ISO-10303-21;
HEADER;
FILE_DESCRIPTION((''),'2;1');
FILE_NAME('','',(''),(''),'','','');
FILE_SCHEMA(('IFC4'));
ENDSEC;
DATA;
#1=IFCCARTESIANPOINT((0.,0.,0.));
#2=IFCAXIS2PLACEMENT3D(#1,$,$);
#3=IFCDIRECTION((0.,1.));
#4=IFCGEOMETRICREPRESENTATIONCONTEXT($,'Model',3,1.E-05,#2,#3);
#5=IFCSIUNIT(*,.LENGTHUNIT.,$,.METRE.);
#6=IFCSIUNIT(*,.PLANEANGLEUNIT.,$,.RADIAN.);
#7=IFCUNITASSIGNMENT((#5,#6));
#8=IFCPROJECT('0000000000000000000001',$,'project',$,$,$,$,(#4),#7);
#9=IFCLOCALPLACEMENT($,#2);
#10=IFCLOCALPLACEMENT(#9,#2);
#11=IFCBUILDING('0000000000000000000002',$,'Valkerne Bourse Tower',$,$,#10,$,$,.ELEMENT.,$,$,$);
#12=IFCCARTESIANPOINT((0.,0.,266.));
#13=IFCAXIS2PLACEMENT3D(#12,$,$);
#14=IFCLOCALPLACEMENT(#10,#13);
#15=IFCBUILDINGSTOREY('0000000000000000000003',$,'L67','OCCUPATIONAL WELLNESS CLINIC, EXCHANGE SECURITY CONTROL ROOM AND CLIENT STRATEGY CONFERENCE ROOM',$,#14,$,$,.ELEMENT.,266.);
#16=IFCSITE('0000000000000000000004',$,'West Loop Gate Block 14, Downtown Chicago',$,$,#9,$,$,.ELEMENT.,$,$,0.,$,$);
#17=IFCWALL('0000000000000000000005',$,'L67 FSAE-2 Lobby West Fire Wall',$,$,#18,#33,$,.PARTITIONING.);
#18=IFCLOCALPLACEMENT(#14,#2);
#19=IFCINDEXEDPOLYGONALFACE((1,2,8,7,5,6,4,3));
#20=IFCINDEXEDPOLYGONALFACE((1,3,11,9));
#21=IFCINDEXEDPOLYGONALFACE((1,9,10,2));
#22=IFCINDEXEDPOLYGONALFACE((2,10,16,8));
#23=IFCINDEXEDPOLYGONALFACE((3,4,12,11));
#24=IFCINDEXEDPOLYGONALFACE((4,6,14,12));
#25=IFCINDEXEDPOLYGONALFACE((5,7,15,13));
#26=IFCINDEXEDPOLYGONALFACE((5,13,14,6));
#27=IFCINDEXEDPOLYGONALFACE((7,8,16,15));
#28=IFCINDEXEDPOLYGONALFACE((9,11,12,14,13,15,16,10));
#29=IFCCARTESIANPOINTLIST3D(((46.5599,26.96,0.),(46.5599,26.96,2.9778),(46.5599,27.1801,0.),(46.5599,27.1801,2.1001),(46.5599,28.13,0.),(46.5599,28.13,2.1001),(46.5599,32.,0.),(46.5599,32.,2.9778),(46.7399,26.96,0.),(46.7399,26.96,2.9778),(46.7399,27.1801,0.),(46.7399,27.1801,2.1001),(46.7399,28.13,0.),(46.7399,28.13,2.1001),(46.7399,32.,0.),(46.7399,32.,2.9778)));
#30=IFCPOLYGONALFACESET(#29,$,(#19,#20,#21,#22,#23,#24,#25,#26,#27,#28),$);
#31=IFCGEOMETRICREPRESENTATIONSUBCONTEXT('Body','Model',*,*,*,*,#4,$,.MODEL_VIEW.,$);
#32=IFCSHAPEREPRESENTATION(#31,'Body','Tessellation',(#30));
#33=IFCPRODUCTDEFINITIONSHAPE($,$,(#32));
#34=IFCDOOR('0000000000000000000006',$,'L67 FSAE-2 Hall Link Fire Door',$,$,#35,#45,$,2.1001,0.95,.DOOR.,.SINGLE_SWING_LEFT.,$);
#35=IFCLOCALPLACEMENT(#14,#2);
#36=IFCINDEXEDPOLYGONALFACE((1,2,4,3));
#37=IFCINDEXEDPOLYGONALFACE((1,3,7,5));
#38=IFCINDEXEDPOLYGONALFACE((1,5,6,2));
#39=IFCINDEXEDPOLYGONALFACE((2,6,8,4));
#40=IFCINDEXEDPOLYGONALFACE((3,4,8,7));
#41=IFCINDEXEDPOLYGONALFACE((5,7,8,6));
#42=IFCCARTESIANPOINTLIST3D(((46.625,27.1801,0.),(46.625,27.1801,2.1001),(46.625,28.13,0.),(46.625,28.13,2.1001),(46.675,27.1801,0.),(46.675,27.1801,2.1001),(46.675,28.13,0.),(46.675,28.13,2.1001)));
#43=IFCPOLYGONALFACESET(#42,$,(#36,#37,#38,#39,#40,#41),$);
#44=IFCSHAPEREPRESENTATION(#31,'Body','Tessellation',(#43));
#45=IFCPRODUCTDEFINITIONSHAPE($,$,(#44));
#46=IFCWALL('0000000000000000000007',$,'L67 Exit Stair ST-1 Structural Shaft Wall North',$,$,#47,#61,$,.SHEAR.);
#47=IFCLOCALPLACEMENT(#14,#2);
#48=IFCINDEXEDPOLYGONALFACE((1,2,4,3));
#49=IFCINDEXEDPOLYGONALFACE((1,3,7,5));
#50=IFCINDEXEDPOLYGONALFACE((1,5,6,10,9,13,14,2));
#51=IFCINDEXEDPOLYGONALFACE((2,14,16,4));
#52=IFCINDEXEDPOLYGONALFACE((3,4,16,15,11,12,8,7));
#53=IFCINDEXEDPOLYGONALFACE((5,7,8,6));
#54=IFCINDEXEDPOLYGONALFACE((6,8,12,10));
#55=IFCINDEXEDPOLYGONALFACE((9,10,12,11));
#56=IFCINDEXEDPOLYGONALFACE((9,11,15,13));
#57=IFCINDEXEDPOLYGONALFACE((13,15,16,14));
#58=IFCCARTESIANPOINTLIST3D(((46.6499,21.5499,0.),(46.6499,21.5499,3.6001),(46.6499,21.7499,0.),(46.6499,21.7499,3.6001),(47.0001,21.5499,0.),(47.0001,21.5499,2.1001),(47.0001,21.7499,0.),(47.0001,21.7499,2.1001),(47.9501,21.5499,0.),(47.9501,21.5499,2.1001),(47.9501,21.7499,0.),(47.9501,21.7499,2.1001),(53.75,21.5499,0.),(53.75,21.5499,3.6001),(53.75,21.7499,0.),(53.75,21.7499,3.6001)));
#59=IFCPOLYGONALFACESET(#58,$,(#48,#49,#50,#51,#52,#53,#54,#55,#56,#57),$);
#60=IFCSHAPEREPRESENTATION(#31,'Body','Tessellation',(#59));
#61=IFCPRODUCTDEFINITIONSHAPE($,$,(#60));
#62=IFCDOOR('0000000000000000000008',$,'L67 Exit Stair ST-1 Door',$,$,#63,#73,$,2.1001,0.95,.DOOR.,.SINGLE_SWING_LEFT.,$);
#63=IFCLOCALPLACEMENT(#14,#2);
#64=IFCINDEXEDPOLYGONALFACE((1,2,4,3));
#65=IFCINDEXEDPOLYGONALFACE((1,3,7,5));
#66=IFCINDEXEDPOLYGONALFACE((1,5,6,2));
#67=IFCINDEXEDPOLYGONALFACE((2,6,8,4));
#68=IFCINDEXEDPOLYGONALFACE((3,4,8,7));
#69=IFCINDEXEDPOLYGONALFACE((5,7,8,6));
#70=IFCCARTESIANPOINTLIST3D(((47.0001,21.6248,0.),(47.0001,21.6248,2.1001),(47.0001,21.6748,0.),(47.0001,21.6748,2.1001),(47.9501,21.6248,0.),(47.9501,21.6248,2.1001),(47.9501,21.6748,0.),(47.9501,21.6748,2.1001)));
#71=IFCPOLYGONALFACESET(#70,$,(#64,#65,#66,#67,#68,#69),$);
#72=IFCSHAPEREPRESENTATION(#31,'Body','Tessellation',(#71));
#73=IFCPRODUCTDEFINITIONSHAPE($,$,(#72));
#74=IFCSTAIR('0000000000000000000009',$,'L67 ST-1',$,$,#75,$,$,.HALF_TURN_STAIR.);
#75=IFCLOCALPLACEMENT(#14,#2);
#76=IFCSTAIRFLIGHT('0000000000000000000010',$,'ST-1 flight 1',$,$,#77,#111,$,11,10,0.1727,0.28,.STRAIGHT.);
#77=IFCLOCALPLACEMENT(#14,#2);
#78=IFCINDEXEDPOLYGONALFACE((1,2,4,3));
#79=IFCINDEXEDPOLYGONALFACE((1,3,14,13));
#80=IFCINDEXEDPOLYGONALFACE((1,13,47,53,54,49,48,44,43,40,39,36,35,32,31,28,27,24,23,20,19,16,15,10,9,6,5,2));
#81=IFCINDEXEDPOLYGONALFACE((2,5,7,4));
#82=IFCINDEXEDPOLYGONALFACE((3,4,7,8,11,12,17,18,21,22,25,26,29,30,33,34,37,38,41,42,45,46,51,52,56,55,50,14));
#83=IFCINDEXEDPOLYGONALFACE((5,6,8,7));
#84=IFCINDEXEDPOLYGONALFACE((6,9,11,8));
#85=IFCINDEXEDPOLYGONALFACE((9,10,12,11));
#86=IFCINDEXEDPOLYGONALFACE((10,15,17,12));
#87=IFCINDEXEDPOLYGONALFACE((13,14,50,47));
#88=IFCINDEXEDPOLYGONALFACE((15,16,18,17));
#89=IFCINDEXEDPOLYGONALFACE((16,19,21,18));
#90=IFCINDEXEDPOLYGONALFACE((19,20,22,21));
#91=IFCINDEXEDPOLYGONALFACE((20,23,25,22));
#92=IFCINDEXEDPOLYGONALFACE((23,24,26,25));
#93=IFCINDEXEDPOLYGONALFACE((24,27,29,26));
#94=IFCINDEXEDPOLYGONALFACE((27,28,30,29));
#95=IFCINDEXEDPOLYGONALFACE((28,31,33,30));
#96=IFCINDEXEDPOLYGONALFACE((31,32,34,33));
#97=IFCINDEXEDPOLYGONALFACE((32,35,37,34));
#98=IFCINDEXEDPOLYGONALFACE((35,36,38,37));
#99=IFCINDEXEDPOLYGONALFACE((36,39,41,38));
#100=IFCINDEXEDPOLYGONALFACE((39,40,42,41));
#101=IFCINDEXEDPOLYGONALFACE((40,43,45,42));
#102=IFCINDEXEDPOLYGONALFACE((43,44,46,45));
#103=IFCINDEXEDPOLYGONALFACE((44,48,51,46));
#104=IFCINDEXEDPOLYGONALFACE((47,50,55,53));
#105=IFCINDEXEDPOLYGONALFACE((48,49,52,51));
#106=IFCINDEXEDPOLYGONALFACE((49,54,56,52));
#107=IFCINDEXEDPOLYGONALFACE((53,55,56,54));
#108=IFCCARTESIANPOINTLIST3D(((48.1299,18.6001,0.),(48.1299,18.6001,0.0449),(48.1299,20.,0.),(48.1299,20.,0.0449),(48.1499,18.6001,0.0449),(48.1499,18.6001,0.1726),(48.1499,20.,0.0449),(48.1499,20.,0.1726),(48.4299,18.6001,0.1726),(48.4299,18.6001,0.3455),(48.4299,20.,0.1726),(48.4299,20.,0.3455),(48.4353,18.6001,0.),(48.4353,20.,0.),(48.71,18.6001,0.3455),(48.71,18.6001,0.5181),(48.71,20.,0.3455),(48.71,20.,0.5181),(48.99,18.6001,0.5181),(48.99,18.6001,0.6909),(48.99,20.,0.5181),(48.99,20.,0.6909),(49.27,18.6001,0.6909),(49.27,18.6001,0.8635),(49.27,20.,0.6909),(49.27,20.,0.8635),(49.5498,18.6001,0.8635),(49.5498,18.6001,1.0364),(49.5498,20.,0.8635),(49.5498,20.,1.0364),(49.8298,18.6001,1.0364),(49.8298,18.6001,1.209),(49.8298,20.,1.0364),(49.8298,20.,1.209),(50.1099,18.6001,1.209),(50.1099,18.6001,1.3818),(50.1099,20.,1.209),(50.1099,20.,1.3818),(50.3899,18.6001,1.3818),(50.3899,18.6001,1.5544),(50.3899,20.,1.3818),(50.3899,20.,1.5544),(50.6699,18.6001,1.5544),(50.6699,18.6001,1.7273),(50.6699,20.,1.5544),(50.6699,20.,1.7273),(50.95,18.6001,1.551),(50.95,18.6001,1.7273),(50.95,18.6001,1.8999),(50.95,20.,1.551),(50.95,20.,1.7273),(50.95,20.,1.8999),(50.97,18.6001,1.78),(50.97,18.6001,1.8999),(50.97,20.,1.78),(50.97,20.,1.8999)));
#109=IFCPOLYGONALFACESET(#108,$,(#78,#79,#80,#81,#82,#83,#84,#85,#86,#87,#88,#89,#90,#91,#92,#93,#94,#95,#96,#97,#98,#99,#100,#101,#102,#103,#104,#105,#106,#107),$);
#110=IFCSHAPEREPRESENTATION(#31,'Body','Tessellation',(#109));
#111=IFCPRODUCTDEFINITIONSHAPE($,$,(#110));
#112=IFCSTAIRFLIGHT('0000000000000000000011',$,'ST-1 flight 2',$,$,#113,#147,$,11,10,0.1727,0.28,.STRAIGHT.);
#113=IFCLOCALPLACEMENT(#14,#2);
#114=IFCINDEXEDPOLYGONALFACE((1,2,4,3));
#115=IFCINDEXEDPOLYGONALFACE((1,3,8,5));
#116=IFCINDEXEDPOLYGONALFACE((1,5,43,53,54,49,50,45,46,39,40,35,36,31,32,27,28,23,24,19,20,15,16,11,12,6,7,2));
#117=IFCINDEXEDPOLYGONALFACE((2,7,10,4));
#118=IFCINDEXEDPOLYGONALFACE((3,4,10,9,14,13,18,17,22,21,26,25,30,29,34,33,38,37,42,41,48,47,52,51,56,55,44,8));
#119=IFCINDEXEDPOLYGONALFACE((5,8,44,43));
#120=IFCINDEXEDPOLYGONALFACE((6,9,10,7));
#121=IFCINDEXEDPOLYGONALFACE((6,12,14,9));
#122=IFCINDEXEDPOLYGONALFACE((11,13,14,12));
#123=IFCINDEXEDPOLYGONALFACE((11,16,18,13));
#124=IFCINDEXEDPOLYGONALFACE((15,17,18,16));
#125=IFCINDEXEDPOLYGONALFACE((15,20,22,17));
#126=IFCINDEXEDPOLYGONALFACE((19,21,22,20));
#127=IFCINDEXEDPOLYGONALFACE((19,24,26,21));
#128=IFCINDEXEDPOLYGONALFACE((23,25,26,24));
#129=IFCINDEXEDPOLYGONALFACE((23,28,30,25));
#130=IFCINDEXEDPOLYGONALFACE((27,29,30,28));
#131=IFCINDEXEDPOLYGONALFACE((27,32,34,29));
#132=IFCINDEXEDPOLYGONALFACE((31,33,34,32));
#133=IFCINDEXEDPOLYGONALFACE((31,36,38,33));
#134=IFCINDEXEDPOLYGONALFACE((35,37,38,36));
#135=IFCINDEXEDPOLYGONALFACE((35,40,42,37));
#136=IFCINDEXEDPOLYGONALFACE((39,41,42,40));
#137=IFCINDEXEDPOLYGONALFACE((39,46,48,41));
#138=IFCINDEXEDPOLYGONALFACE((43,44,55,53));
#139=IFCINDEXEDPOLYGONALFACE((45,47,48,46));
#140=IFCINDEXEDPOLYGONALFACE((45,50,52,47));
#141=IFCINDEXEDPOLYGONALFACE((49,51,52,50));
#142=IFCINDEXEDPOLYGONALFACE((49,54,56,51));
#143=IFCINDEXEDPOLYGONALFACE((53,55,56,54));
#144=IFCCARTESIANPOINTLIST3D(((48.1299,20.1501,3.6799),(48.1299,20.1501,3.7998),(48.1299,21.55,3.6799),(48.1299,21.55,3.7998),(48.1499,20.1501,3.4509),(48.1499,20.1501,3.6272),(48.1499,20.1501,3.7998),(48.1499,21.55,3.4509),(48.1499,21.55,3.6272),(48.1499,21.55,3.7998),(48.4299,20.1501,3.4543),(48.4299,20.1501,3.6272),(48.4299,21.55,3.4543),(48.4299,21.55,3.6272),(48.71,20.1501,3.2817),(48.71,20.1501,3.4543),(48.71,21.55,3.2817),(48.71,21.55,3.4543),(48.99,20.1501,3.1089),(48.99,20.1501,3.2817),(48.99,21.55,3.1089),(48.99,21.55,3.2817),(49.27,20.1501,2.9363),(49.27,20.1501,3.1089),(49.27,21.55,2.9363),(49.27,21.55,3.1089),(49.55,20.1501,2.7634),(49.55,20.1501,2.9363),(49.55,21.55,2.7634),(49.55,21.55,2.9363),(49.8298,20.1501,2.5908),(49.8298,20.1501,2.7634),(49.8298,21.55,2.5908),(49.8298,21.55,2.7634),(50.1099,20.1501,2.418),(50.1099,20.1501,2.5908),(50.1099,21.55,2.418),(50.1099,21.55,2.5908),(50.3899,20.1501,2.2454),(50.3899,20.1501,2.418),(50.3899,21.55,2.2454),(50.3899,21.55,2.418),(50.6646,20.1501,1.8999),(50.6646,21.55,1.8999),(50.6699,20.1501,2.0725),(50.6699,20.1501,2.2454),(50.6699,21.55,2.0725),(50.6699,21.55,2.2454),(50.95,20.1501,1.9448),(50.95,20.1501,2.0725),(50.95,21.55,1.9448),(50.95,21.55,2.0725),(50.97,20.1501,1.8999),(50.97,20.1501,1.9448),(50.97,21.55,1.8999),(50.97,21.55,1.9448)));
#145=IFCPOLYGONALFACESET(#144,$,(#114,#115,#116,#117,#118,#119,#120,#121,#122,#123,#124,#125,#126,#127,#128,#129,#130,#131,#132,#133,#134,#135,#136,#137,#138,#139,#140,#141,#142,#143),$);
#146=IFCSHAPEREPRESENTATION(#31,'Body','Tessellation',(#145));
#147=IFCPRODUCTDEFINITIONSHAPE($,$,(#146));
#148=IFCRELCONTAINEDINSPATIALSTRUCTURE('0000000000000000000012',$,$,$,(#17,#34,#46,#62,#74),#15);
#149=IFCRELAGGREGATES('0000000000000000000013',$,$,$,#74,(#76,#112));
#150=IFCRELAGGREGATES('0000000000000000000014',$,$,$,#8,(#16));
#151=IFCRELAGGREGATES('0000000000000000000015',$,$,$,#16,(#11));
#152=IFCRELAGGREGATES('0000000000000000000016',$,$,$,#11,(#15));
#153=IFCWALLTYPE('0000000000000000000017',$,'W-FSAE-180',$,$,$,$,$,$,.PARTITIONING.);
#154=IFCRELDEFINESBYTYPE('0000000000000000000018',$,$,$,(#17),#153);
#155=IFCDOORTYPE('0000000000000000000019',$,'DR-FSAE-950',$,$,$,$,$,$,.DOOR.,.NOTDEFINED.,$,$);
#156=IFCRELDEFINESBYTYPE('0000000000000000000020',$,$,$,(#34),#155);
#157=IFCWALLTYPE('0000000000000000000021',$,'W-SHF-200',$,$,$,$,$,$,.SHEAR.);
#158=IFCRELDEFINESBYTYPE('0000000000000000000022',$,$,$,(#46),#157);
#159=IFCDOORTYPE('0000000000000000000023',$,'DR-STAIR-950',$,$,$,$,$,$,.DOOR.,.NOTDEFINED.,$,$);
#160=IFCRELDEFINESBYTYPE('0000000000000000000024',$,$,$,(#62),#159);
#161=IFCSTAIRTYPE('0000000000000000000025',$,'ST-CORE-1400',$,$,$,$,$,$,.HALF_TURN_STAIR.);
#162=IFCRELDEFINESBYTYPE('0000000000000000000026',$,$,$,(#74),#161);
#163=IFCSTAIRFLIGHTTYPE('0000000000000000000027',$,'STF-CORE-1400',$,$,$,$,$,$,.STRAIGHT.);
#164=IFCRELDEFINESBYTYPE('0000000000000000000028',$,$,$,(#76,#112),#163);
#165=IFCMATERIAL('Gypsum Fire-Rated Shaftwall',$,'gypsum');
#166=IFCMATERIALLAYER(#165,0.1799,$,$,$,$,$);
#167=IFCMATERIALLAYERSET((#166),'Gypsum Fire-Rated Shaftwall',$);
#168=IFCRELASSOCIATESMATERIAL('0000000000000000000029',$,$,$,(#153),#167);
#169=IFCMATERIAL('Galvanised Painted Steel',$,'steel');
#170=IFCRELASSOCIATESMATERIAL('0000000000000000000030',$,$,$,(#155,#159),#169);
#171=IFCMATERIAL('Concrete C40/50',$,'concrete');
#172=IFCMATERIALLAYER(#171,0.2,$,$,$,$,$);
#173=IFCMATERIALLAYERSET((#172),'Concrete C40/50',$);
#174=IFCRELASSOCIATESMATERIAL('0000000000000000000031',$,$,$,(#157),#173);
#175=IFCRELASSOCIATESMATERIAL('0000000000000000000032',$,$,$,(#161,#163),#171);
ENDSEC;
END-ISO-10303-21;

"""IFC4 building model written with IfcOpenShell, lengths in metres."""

from ifc_helpers import new_model, si_unit, direction, frame, frame_2d, origin, place, context, subcontext, project, spatial, polyline, rectangle, outline, extrude, material, layer, layer_set, type_object, element, fill, aggregate, save


model = new_model("IFC4")

# Units and contexts
model_context = context("Model", 3, precision=1e-05, world=origin(), true_north=direction((0.0, 1.0)))
body_context = subcontext(model_context, "Body", "Model", "MODEL_VIEW")
ifc_project = project(units=[si_unit("LENGTHUNIT", "METRE"), si_unit("PLANEANGLEUNIT", "RADIAN")], contexts=[model_context])

# Site, building, storey
site_placement = place(None, origin())
site = spatial("IfcSite", under=ifc_project, at=site_placement, Name="West Loop Gate Block 14, Downtown Chicago", CompositionType="ELEMENT", RefElevation=0.0)
building_placement = place(site_placement, origin())
building = spatial("IfcBuilding", under=site, at=building_placement, Name="Valkerne Bourse Tower", CompositionType="ELEMENT")
storey_placement = place(building_placement, frame((0.0, 0.0, 266.0)))
storey = spatial("IfcBuildingStorey", under=building, at=storey_placement, Name="L67", Description="OCCUPATIONAL WELLNESS CLINIC, EXCHANGE SECURITY CONTROL ROOM AND CLIENT STRATEGY CONFERENCE ROOM", CompositionType="ELEMENT", Elevation=266.0)

# Shared definitions
ifc_material_1 = material(Name="Gypsum Fire-Rated Shaftwall", Category="gypsum")
ifc_layer_1 = layer(ifc_material_1, 0.1799)
ifc_layer_set_1 = layer_set([ifc_layer_1], Name="Gypsum Fire-Rated Shaftwall")
wall_type_1 = type_object("IfcWallType", Name="W-FSAE-180", PredefinedType="PARTITIONING", material=ifc_layer_set_1)

# Wall, opening, door
ifc_material_2 = material(Name="Galvanised Painted Steel", Category="steel")
door_type_1 = type_object("IfcDoorType", Name="DR-FSAE-950", OperationType="NOTDEFINED", PredefinedType="DOOR", material=ifc_material_2)
wall_1_placement = place(storey_placement, frame((46.6499, 26.96, 0.0), z_axis=(0.0, 0.0, 1.0), x_axis=(0.0, 1.0, 0.0)))
wall_1 = element("IfcWall", 1, at=wall_1_placement, inside=storey, type_object=wall_type_1, Name="L67 FSAE-2 Lobby West Fire Wall", PredefinedType="PARTITIONING", context=body_context, shape_type="SweptSolid", body=[
    extrude(rectangle(XDim=5.04, YDim=0.1799, at=frame_2d((2.52, 0.0))), origin(), (0.0, 0.0, 1.0), 2.9778),
])
opening_1_placement = place(wall_1_placement, frame((0.22, 0.0, 0.0)))
opening_1 = element("IfcOpeningElement", 2, at=opening_1_placement, cuts=wall_1, PredefinedType="OPENING", context=body_context, shape_type="SweptSolid", body=[
    extrude(rectangle(XDim=0.95, YDim=2.1001, at=frame_2d((0.4751, 1.05))), frame((0.0, 0.0999, 0.0), z_axis=(0.0, -1.0, 0.0), x_axis=(1.0, 0.0, 0.0)), (0.0, 0.0, 1.0), 0.2),
])
door_1_placement = place(opening_1_placement, origin())
door_1 = element("IfcDoor", 3, at=door_1_placement, inside=storey, type_object=door_type_1, Name="L67 FSAE-2 Hall Link Fire Door", OperationType="SINGLE_SWING_LEFT", OverallHeight=2.1001, OverallWidth=0.95, PredefinedType="DOOR", context=body_context, shape_type="SweptSolid", body=[
    extrude(rectangle(XDim=0.95, YDim=2.1001, at=frame_2d((0.4751, 1.05))), frame((0.0, 0.0249, 0.0), z_axis=(0.0, -1.0, 0.0), x_axis=(1.0, 0.0, 0.0)), (0.0, 0.0, 1.0), 0.05),
])
fill(opening_1, door_1)

# Wall, opening, door
ifc_material_3 = material(Name="Concrete C40/50", Category="concrete")
ifc_layer_2 = layer(ifc_material_3, 0.2)
ifc_layer_set_2 = layer_set([ifc_layer_2], Name="Concrete C40/50")
wall_type_2 = type_object("IfcWallType", Name="W-SHF-200", PredefinedType="SHEAR", material=ifc_layer_set_2)
wall_2_placement = place(storey_placement, frame((46.6499, 21.6499, 0.0), z_axis=(0.0, 0.0, 1.0), x_axis=(1.0, 0.0, 0.0)))
wall_2 = element("IfcWall", 4, at=wall_2_placement, inside=storey, type_object=wall_type_2, Name="L67 Exit Stair ST-1 Structural Shaft Wall North", PredefinedType="SHEAR", context=body_context, shape_type="SweptSolid", body=[
    extrude(rectangle(XDim=7.1001, YDim=0.2, at=frame_2d((3.55, 0.0))), origin(), (0.0, 0.0, 1.0), 3.6001),
])
opening_2_placement = place(wall_2_placement, frame((0.3501, 0.0, 0.0)))
opening_2 = element("IfcOpeningElement", 5, at=opening_2_placement, cuts=wall_2, PredefinedType="OPENING", context=body_context, shape_type="SweptSolid", body=[
    extrude(rectangle(XDim=0.95, YDim=2.1001, at=frame_2d((0.4751, 1.05))), frame((0.0, 0.1099, 0.0), z_axis=(0.0, -1.0, 0.0), x_axis=(1.0, 0.0, 0.0)), (0.0, 0.0, 1.0), 0.22),
])
door_type_2 = type_object("IfcDoorType", Name="DR-STAIR-950", OperationType="NOTDEFINED", PredefinedType="DOOR", material=ifc_material_2)
door_2_placement = place(opening_2_placement, origin())
door_2 = element("IfcDoor", 6, at=door_2_placement, inside=storey, type_object=door_type_2, Name="L67 Exit Stair ST-1 Door", OperationType="SINGLE_SWING_LEFT", OverallHeight=2.1001, OverallWidth=0.95, PredefinedType="DOOR", context=body_context, shape_type="SweptSolid", body=[
    extrude(rectangle(XDim=0.95, YDim=2.1001, at=frame_2d((0.4751, 1.05))), frame((0.0, 0.0249, 0.0), z_axis=(0.0, -1.0, 0.0), x_axis=(1.0, 0.0, 0.0)), (0.0, 0.0, 1.0), 0.05),
])
fill(opening_2, door_2)

# Stair, stair flights
stair_type = type_object("IfcStairType", Name="ST-CORE-1400", PredefinedType="HALF_TURN_STAIR", material=ifc_material_3)
stair_placement = place(storey_placement, origin())
stair = element("IfcStair", 7, at=stair_placement, inside=storey, type_object=stair_type, Name="L67 ST-1", PredefinedType="HALF_TURN_STAIR")
stair_flight_type = type_object("IfcStairFlightType", Name="STF-CORE-1400", PredefinedType="STRAIGHT", material=ifc_material_3)
stair_flight_1_placement = place(storey_placement, frame((48.1499, 19.3, 0.0), z_axis=(0.0, 0.0, 1.0), x_axis=(1.0, 0.0, 0.0)))
stair_flight_1 = element("IfcStairFlight", 8, at=stair_flight_1_placement, type_object=stair_flight_type, Name="ST-1 flight 1", NumberOfRisers=11, NumberOfTreads=10, PredefinedType="STRAIGHT", RiserHeight=0.1727, TreadLength=0.28, context=body_context, shape_type="SweptSolid", body=[
    extrude(outline(polyline([(-0.02, 0.0), (-0.02, 0.0449), (0.0, 0.0449), (0.0, 0.1726), (0.28, 0.1726), (0.28, 0.3455), (0.5601, 0.3455), (0.5601, 0.5181), (0.8401, 0.5181), (0.8401, 0.6909), (1.1201, 0.6909), (1.1201, 0.8635), (1.3999, 0.8635), (1.3999, 1.0364), (1.6799, 1.0364), (1.6799, 1.209), (1.96, 1.209), (1.96, 1.3818), (2.24, 1.3818), (2.24, 1.5544), (2.52, 1.5544), (2.52, 1.7273), (2.8, 1.7273), (2.8, 1.8999), (2.8201, 1.8999), (2.8201, 1.78), (2.8, 1.551), (0.2854, 0.0), (-0.02, 0.0)])), frame((0.0, 0.7, 0.0), z_axis=(0.0, -1.0, 0.0), x_axis=(1.0, 0.0, 0.0)), (0.0, 0.0, 1.0), 1.3999),
])
stair_flight_2_placement = place(storey_placement, frame((50.95, 20.8501, 1.8999), z_axis=(0.0, 0.0, 1.0), x_axis=(-1.0, 0.0, 0.0)))
stair_flight_2 = element("IfcStairFlight", 9, at=stair_flight_2_placement, type_object=stair_flight_type, Name="ST-1 flight 2", NumberOfRisers=11, NumberOfTreads=10, PredefinedType="STRAIGHT", RiserHeight=0.1727, TreadLength=0.28, context=body_context, shape_type="SweptSolid", body=[
    extrude(outline(polyline([(-0.02, 0.0), (-0.02, 0.0449), (0.0, 0.0449), (0.0, 0.1726), (0.28, 0.1726), (0.28, 0.3455), (0.5601, 0.3455), (0.5601, 0.5181), (0.8401, 0.5181), (0.8401, 0.6909), (1.1201, 0.6909), (1.1201, 0.8635), (1.3999, 0.8635), (1.3999, 1.0364), (1.6799, 1.0364), (1.6799, 1.209), (1.96, 1.209), (1.96, 1.3818), (2.24, 1.3818), (2.24, 1.5544), (2.52, 1.5544), (2.52, 1.7273), (2.8, 1.7273), (2.8, 1.8999), (2.8201, 1.8999), (2.8201, 1.78), (2.8, 1.551), (0.2854, 0.0), (-0.02, 0.0)])), frame((0.0, 0.7, 0.0), z_axis=(0.0, -1.0, 0.0), x_axis=(1.0, 0.0, 0.0)), (0.0, 0.0, 1.0), 1.3999),
])
aggregate(stair, [stair_flight_1, stair_flight_2])

save(model, "model.ifc")
